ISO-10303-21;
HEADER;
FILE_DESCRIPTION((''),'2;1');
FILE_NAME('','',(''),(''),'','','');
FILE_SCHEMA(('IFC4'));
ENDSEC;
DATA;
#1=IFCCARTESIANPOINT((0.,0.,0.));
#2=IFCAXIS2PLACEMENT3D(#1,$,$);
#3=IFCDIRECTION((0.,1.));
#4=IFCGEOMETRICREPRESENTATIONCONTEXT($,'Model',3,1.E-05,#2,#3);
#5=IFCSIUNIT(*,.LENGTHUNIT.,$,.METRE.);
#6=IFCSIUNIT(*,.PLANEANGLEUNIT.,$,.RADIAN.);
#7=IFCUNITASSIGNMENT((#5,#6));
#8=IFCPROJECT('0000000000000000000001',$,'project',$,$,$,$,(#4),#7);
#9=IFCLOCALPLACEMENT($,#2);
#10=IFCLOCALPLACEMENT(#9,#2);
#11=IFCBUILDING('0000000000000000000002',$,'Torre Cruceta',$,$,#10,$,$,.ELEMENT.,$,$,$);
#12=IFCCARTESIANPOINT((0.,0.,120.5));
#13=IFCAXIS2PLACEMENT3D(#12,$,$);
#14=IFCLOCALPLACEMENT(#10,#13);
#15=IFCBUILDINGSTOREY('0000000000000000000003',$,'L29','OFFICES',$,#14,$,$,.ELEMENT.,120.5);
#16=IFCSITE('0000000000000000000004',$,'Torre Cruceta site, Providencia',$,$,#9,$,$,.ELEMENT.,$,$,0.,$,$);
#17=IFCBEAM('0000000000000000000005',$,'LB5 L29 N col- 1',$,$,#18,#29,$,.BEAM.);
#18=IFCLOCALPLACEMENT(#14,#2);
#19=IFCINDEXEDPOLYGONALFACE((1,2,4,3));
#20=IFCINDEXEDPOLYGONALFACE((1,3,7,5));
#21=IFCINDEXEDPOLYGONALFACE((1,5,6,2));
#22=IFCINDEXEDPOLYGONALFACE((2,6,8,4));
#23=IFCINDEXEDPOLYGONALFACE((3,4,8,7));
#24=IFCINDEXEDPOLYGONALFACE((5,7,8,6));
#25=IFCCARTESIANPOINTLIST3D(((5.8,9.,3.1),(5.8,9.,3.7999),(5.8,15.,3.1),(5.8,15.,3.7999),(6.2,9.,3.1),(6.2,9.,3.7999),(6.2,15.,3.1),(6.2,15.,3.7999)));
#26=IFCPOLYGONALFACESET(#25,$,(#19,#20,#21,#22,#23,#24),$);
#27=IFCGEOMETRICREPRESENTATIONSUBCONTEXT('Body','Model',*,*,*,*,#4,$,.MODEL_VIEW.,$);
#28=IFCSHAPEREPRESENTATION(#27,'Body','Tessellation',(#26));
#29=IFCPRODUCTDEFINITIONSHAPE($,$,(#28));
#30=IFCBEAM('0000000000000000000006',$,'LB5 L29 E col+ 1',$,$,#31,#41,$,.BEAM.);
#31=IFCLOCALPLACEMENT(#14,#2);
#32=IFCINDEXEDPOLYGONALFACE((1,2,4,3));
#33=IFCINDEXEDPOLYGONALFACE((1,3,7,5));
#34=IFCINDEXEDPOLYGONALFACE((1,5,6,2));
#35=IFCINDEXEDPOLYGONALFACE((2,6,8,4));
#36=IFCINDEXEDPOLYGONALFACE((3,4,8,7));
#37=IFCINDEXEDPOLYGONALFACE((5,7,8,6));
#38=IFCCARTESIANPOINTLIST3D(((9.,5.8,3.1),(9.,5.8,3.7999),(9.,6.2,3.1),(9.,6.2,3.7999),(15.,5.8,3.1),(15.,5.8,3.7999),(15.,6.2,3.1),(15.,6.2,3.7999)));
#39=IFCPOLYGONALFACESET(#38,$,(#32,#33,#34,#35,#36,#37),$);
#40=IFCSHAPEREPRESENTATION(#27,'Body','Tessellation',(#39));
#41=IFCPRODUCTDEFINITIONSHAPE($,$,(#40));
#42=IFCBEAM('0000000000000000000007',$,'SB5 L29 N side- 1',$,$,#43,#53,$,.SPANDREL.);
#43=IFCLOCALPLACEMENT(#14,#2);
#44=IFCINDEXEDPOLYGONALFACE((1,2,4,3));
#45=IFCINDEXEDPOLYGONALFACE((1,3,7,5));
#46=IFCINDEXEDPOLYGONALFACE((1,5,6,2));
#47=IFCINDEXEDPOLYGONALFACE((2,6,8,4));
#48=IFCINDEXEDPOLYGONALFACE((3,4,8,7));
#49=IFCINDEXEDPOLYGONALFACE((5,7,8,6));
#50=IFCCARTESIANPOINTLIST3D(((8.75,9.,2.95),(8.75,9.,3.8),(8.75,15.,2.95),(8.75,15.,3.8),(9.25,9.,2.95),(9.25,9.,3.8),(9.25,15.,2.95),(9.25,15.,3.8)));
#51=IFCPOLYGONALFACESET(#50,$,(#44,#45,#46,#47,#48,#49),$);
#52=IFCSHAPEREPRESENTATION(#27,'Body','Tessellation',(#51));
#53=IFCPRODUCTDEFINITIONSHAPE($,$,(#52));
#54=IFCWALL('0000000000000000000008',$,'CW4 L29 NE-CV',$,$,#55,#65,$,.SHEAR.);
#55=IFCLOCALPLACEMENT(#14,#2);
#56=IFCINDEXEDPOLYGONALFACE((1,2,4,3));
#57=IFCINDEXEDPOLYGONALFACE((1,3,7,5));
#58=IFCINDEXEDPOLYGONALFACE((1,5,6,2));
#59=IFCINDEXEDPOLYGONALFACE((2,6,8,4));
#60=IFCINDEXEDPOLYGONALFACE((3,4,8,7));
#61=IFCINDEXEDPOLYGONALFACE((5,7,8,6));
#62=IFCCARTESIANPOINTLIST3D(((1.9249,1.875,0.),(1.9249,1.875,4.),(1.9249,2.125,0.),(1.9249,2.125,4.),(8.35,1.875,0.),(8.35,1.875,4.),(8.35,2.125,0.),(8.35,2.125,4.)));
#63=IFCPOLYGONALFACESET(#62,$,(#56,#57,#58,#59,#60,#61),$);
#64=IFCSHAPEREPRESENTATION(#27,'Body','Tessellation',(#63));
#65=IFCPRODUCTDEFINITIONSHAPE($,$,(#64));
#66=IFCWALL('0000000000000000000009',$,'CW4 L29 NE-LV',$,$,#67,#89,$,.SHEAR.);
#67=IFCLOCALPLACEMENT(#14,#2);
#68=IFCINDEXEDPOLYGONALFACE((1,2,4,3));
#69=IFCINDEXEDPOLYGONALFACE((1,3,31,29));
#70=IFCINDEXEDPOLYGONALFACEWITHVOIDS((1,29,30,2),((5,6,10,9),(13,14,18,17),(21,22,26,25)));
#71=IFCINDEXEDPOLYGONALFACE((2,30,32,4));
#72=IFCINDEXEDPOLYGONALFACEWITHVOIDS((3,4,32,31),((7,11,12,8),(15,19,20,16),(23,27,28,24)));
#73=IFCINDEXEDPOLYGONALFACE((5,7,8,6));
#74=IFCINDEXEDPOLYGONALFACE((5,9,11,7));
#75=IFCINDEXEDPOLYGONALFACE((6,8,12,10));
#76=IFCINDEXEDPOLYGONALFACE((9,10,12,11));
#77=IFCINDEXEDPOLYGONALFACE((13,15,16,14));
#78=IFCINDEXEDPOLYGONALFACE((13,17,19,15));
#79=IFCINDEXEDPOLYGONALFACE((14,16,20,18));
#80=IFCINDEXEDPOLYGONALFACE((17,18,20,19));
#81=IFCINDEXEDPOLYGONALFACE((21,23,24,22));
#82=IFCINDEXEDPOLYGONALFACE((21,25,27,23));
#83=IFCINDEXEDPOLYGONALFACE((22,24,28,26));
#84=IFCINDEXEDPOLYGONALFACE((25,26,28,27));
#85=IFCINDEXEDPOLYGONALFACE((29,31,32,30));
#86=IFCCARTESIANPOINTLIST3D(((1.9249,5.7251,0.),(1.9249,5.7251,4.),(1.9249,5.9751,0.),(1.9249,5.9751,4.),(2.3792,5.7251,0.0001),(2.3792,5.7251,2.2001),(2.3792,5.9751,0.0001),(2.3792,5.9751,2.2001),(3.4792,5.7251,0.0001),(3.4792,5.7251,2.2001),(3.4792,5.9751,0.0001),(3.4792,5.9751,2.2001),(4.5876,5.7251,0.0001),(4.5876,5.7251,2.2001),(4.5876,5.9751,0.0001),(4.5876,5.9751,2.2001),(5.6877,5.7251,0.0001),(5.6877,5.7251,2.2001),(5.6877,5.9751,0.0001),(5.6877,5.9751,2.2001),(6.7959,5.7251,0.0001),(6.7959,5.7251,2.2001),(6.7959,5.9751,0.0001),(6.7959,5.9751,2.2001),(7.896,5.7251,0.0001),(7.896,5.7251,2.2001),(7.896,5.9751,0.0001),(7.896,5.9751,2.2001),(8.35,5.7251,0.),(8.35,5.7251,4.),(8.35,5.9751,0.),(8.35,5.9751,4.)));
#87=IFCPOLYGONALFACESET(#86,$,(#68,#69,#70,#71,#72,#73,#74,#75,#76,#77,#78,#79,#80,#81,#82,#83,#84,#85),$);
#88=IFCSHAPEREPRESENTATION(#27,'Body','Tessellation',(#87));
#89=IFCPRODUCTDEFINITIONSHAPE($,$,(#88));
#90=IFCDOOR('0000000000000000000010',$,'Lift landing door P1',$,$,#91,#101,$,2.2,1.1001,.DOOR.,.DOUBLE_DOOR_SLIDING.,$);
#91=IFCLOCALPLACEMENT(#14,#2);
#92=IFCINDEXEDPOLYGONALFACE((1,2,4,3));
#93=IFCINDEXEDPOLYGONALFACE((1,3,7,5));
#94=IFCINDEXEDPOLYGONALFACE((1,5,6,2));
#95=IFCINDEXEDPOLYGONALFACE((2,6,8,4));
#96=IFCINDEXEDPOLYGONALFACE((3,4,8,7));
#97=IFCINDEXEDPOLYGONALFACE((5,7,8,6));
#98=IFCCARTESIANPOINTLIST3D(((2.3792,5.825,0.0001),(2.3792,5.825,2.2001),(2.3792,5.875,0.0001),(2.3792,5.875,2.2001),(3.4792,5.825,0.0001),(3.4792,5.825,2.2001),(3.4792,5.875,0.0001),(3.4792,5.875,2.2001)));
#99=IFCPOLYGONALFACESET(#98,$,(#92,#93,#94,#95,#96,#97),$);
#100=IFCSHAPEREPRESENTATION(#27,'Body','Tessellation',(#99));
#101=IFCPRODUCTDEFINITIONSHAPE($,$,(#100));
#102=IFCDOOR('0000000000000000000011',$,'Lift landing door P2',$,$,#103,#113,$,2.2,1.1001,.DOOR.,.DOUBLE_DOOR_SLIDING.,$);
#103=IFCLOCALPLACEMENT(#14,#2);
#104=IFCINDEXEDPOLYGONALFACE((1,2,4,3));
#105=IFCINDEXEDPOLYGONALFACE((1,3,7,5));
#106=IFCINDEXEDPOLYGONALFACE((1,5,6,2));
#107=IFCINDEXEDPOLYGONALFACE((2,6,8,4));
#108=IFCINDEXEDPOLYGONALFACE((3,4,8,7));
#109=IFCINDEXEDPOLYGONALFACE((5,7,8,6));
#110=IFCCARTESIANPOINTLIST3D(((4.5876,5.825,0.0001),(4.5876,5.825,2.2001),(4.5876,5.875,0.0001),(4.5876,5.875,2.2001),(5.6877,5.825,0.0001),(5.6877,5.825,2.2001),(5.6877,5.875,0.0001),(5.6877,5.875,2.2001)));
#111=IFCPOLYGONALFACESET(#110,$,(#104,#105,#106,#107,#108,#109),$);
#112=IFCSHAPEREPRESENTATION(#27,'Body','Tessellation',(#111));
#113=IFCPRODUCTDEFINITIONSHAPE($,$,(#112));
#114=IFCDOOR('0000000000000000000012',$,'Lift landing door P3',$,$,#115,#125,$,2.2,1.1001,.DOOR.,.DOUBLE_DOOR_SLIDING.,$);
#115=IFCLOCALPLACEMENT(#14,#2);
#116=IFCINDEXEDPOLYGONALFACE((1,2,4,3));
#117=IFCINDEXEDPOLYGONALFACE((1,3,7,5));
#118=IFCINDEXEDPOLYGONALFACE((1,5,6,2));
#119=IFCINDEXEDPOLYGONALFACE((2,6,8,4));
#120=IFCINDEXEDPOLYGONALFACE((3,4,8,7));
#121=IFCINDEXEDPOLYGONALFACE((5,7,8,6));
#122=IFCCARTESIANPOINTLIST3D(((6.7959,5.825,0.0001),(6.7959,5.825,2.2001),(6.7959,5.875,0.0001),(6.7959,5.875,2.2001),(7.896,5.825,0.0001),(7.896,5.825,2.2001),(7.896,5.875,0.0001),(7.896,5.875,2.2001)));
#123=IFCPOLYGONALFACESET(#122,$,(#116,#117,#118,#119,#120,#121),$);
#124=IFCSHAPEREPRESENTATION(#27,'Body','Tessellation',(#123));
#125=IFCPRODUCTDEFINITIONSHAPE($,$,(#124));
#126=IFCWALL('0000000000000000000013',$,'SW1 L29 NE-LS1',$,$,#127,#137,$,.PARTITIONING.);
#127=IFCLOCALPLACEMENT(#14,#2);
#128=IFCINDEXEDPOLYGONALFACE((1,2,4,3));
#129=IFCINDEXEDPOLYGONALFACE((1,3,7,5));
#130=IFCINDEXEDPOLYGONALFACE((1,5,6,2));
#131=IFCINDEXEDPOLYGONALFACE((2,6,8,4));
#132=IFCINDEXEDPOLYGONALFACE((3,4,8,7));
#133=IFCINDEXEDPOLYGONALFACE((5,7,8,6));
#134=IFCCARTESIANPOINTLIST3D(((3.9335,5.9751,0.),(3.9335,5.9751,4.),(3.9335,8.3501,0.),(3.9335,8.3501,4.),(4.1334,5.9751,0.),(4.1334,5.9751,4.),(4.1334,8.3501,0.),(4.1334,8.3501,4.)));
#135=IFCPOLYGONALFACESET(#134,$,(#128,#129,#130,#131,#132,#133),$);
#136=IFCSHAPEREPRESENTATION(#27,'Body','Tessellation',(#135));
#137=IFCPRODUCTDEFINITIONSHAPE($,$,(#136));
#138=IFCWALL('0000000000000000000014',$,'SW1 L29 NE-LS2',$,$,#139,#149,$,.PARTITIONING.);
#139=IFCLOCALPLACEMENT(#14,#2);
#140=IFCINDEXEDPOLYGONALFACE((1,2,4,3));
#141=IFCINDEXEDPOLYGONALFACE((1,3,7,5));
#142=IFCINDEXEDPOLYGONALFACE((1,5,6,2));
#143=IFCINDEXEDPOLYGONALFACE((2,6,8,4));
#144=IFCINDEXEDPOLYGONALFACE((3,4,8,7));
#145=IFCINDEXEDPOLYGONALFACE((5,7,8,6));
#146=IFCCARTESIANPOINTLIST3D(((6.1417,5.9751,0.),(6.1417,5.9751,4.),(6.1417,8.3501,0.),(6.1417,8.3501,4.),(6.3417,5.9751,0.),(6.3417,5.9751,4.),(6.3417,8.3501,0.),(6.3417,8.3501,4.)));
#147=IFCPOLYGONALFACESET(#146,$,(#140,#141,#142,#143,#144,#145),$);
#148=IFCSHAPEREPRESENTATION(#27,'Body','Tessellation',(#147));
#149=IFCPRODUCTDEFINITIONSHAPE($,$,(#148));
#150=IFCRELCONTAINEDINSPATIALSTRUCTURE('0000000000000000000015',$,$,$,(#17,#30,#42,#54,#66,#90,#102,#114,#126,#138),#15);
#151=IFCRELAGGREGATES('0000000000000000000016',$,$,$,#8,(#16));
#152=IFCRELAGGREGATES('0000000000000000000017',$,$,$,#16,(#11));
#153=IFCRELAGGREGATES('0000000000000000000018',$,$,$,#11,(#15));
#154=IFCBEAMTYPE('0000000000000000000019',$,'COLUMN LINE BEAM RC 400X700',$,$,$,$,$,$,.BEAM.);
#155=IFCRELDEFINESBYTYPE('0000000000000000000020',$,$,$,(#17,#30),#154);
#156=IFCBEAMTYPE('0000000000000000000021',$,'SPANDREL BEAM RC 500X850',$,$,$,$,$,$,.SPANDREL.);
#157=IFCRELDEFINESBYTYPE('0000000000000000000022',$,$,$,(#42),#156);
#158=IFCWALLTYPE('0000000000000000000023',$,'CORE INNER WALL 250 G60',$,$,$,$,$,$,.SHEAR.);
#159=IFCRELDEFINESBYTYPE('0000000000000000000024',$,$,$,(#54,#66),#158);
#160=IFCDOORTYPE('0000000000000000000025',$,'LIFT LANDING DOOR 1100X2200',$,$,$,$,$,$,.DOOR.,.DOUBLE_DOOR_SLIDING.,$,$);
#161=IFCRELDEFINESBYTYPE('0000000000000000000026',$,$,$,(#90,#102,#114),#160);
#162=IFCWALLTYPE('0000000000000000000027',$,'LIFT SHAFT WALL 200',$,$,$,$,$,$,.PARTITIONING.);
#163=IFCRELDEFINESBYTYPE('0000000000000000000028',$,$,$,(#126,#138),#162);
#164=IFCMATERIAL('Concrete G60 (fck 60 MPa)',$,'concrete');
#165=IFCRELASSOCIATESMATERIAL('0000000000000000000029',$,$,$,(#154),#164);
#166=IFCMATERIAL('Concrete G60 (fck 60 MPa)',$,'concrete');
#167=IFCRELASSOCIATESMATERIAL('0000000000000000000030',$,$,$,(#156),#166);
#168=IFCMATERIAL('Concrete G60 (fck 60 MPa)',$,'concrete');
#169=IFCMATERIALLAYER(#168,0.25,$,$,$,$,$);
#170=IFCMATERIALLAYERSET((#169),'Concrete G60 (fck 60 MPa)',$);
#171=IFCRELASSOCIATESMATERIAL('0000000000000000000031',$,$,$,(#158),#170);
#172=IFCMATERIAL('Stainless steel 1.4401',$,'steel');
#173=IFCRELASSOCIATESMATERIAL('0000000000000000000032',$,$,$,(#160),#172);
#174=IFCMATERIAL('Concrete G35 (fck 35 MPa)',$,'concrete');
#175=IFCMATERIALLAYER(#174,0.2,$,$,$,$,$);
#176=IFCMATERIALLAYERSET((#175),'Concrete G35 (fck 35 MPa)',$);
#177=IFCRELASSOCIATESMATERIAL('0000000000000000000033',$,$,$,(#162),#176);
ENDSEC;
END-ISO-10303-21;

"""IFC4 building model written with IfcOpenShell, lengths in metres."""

from ifc_helpers import new_model, si_unit, direction, frame, frame_2d, origin, origin_2d, place, context, subcontext, project, spatial, rectangle, extrude, material, layer, layer_set, material_profile, profile_set, type_object, element, fill, save


model = new_model("IFC4")

# Units and contexts
model_context = context("Model", 3, precision=1e-05, world=origin(), true_north=direction((0.0, 1.0)))
body_context = subcontext(model_context, "Body", "Model", "MODEL_VIEW")
ifc_project = project(units=[si_unit("LENGTHUNIT", "METRE"), si_unit("PLANEANGLEUNIT", "RADIAN")], contexts=[model_context])

# Site, building, storey
site_placement = place(None, origin())
site = spatial("IfcSite", under=ifc_project, at=site_placement, Name="Torre Cruceta site, Providencia", CompositionType="ELEMENT", RefElevation=0.0)
building_placement = place(site_placement, origin())
building = spatial("IfcBuilding", under=site, at=building_placement, Name="Torre Cruceta", CompositionType="ELEMENT")
storey_placement = place(building_placement, frame((0.0, 0.0, 120.5)))
storey = spatial("IfcBuildingStorey", under=building, at=storey_placement, Name="L29", Description="OFFICES", CompositionType="ELEMENT", Elevation=120.5)

# Beams
ifc_material_1 = material(Name="Concrete G60 (fck 60 MPa)", Category="concrete")
ifc_material_profile_1 = material_profile(ifc_material_1, rectangle(XDim=0.3999, YDim=0.7, at=origin_2d()), Name="RC 400X700")
ifc_profile_set_1 = profile_set([ifc_material_profile_1], Name="Concrete G60 (fck 60 MPa)")
beam_type_1 = type_object("IfcBeamType", Name="COLUMN LINE BEAM RC 400X700", PredefinedType="BEAM", material=ifc_profile_set_1)
for number, where, z_axis, x_axis, name in (
    (1, (6.0, 9.0, 3.45), (0.0, 1.0, 0.0), (-1.0, 0.0, 0.0), "LB5 L29 N col- 1"),
    (2, (9.0, 6.0, 3.45), (1.0, 0.0, 0.0), (0.0, 1.0, 0.0), "LB5 L29 E col+ 1"),
):
    element("IfcBeam", number, at=place(storey_placement, frame(where, z_axis=z_axis, x_axis=x_axis)), inside=storey, type_object=beam_type_1, Name=name, PredefinedType="BEAM", context=body_context, shape_type="SweptSolid", body=[
        extrude(rectangle(XDim=0.3999, YDim=0.7, at=origin_2d()), origin(), (0.0, 0.0, 1.0), 6.0),
    ])
ifc_material_2 = material(Name="Concrete G60 (fck 60 MPa)", Category="concrete")
ifc_material_profile_2 = material_profile(ifc_material_2, rectangle(XDim=0.5, YDim=0.8501, at=origin_2d()), Name="RC 500X850")
ifc_profile_set_2 = profile_set([ifc_material_profile_2], Name="Concrete G60 (fck 60 MPa)")
beam_type_2 = type_object("IfcBeamType", Name="SPANDREL BEAM RC 500X850", PredefinedType="SPANDREL", material=ifc_profile_set_2)
beam_placement = place(storey_placement, frame((9.0, 9.0, 3.375), z_axis=(0.0, 1.0, 0.0), x_axis=(-1.0, 0.0, 0.0)))
element("IfcBeam", 3, at=beam_placement, inside=storey, type_object=beam_type_2, Name="SB5 L29 N side- 1", PredefinedType="SPANDREL", context=body_context, shape_type="SweptSolid", body=[
    extrude(rectangle(XDim=0.5, YDim=0.8501, at=origin_2d()), origin(), (0.0, 0.0, 1.0), 6.0),
])

# Shared definitions
ifc_material_3 = material(Name="Concrete G60 (fck 60 MPa)", Category="concrete")
ifc_layer_1 = layer(ifc_material_3, 0.25)
ifc_layer_set_1 = layer_set([ifc_layer_1], Name="Concrete G60 (fck 60 MPa)")
wall_type_1 = type_object("IfcWallType", Name="CORE INNER WALL 250 G60", PredefinedType="SHEAR", material=ifc_layer_set_1)

# Wall
wall_1_placement = place(storey_placement, frame((1.925, 2.0, 0.0), z_axis=(0.0, 0.0, 1.0), x_axis=(1.0, 0.0, 0.0)))
element("IfcWall", 4, at=wall_1_placement, inside=storey, type_object=wall_type_1, Name="CW4 L29 NE-CV", PredefinedType="SHEAR", context=body_context, shape_type="SweptSolid", body=[
    extrude(rectangle(XDim=6.425, YDim=0.25, at=frame_2d((3.2124, 0.0))), origin(), (0.0, 0.0, 1.0), 4.0),
])

# Wall, openings, doors
wall_2_placement = place(storey_placement, frame((1.925, 5.8501, 0.0), z_axis=(0.0, 0.0, 1.0), x_axis=(1.0, 0.0, 0.0)))
wall_2 = element("IfcWall", 5, at=wall_2_placement, inside=storey, type_object=wall_type_1, Name="CW4 L29 NE-LV", PredefinedType="SHEAR", context=body_context, shape_type="SweptSolid", body=[
    extrude(rectangle(XDim=6.425, YDim=0.25, at=frame_2d((3.2124, 0.0))), origin(), (0.0, 0.0, 1.0), 4.0),
])
opening_1_placement = place(wall_2_placement, frame((0.4541, 0.0, 0.0)))
opening_1 = element("IfcOpeningElement", 6, at=opening_1_placement, cuts=wall_2, PredefinedType="OPENING", context=body_context, shape_type="SweptSolid", body=[
    extrude(rectangle(XDim=1.1001, YDim=2.2, at=frame_2d((0.55, 1.1001))), frame((0.0, 0.135, 0.0), z_axis=(0.0, -1.0, 0.0), x_axis=(1.0, 0.0, 0.0)), (0.0, 0.0, 1.0), 0.27),
])
opening_2_placement = place(wall_2_placement, frame((2.6626, 0.0, 0.0)))
opening_2 = element("IfcOpeningElement", 7, at=opening_2_placement, cuts=wall_2, PredefinedType="OPENING", context=body_context, shape_type="SweptSolid", body=[
    extrude(rectangle(XDim=1.1001, YDim=2.2, at=frame_2d((0.55, 1.1001))), frame((0.0, 0.135, 0.0), z_axis=(0.0, -1.0, 0.0), x_axis=(1.0, 0.0, 0.0)), (0.0, 0.0, 1.0), 0.27),
])
opening_3_placement = place(wall_2_placement, frame((4.8708, 0.0, 0.0)))
opening_3 = element("IfcOpeningElement", 8, at=opening_3_placement, cuts=wall_2, PredefinedType="OPENING", context=body_context, shape_type="SweptSolid", body=[
    extrude(rectangle(XDim=1.1001, YDim=2.2, at=frame_2d((0.55, 1.1001))), frame((0.0, 0.135, 0.0), z_axis=(0.0, -1.0, 0.0), x_axis=(1.0, 0.0, 0.0)), (0.0, 0.0, 1.0), 0.27),
])
ifc_material_4 = material(Name="Stainless steel 1.4401", Category="steel")
door_type_1 = type_object("IfcDoorType", Name="LIFT LANDING DOOR 1100X2200", OperationType="DOUBLE_DOOR_SLIDING", PredefinedType="DOOR", material=ifc_material_4)
door_1_placement = place(opening_1_placement, origin())
door_1 = element("IfcDoor", 9, at=door_1_placement, inside=storey, type_object=door_type_1, Name="Lift landing door P1", OperationType="DOUBLE_DOOR_SLIDING", OverallHeight=2.2, OverallWidth=1.1001, PredefinedType="DOOR", context=body_context, shape_type="SweptSolid", body=[
    extrude(rectangle(XDim=1.1001, YDim=2.2, at=frame_2d((0.55, 1.1001))), frame((0.0, 0.0249, 0.0), z_axis=(0.0, -1.0, 0.0), x_axis=(1.0, 0.0, 0.0)), (0.0, 0.0, 1.0), 0.05),
])
fill(opening_1, door_1)
door_2_placement = place(opening_2_placement, origin())
door_2 = element("IfcDoor", 10, at=door_2_placement, inside=storey, type_object=door_type_1, Name="Lift landing door P2", OperationType="DOUBLE_DOOR_SLIDING", OverallHeight=2.2, OverallWidth=1.1001, PredefinedType="DOOR", context=body_context, shape_type="SweptSolid", body=[
    extrude(rectangle(XDim=1.1001, YDim=2.2, at=frame_2d((0.55, 1.1001))), frame((0.0, 0.0249, 0.0), z_axis=(0.0, -1.0, 0.0), x_axis=(1.0, 0.0, 0.0)), (0.0, 0.0, 1.0), 0.05),
])
fill(opening_2, door_2)
door_3_placement = place(opening_3_placement, origin())
door_3 = element("IfcDoor", 11, at=door_3_placement, inside=storey, type_object=door_type_1, Name="Lift landing door P3", OperationType="DOUBLE_DOOR_SLIDING", OverallHeight=2.2, OverallWidth=1.1001, PredefinedType="DOOR", context=body_context, shape_type="SweptSolid", body=[
    extrude(rectangle(XDim=1.1001, YDim=2.2, at=frame_2d((0.55, 1.1001))), frame((0.0, 0.0249, 0.0), z_axis=(0.0, -1.0, 0.0), x_axis=(1.0, 0.0, 0.0)), (0.0, 0.0, 1.0), 0.05),
])
fill(opening_3, door_3)

# Walls
ifc_material_5 = material(Name="Concrete G35 (fck 35 MPa)", Category="concrete")
ifc_layer_2 = layer(ifc_material_5, 0.2)
ifc_layer_set_2 = layer_set([ifc_layer_2], Name="Concrete G35 (fck 35 MPa)")
wall_type_2 = type_object("IfcWallType", Name="LIFT SHAFT WALL 200", PredefinedType="PARTITIONING", material=ifc_layer_set_2)
for number, where, z_axis, x_axis, name in (
    (12, (4.0334, 5.9751, 0.0), (0.0, 0.0, 1.0), (0.0, 1.0, 0.0), "SW1 L29 NE-LS1"),
    (13, (6.2417, 5.9751, 0.0), (0.0, 0.0, 1.0), (0.0, 1.0, 0.0), "SW1 L29 NE-LS2"),
):
    element("IfcWall", number, at=place(storey_placement, frame(where, z_axis=z_axis, x_axis=x_axis)), inside=storey, type_object=wall_type_2, Name=name, PredefinedType="PARTITIONING", context=body_context, shape_type="SweptSolid", body=[
        extrude(rectangle(XDim=2.375, YDim=0.2, at=frame_2d((1.1875, 0.0))), origin(), (0.0, 0.0, 1.0), 4.0),
    ])

save(model, "model.ifc")
